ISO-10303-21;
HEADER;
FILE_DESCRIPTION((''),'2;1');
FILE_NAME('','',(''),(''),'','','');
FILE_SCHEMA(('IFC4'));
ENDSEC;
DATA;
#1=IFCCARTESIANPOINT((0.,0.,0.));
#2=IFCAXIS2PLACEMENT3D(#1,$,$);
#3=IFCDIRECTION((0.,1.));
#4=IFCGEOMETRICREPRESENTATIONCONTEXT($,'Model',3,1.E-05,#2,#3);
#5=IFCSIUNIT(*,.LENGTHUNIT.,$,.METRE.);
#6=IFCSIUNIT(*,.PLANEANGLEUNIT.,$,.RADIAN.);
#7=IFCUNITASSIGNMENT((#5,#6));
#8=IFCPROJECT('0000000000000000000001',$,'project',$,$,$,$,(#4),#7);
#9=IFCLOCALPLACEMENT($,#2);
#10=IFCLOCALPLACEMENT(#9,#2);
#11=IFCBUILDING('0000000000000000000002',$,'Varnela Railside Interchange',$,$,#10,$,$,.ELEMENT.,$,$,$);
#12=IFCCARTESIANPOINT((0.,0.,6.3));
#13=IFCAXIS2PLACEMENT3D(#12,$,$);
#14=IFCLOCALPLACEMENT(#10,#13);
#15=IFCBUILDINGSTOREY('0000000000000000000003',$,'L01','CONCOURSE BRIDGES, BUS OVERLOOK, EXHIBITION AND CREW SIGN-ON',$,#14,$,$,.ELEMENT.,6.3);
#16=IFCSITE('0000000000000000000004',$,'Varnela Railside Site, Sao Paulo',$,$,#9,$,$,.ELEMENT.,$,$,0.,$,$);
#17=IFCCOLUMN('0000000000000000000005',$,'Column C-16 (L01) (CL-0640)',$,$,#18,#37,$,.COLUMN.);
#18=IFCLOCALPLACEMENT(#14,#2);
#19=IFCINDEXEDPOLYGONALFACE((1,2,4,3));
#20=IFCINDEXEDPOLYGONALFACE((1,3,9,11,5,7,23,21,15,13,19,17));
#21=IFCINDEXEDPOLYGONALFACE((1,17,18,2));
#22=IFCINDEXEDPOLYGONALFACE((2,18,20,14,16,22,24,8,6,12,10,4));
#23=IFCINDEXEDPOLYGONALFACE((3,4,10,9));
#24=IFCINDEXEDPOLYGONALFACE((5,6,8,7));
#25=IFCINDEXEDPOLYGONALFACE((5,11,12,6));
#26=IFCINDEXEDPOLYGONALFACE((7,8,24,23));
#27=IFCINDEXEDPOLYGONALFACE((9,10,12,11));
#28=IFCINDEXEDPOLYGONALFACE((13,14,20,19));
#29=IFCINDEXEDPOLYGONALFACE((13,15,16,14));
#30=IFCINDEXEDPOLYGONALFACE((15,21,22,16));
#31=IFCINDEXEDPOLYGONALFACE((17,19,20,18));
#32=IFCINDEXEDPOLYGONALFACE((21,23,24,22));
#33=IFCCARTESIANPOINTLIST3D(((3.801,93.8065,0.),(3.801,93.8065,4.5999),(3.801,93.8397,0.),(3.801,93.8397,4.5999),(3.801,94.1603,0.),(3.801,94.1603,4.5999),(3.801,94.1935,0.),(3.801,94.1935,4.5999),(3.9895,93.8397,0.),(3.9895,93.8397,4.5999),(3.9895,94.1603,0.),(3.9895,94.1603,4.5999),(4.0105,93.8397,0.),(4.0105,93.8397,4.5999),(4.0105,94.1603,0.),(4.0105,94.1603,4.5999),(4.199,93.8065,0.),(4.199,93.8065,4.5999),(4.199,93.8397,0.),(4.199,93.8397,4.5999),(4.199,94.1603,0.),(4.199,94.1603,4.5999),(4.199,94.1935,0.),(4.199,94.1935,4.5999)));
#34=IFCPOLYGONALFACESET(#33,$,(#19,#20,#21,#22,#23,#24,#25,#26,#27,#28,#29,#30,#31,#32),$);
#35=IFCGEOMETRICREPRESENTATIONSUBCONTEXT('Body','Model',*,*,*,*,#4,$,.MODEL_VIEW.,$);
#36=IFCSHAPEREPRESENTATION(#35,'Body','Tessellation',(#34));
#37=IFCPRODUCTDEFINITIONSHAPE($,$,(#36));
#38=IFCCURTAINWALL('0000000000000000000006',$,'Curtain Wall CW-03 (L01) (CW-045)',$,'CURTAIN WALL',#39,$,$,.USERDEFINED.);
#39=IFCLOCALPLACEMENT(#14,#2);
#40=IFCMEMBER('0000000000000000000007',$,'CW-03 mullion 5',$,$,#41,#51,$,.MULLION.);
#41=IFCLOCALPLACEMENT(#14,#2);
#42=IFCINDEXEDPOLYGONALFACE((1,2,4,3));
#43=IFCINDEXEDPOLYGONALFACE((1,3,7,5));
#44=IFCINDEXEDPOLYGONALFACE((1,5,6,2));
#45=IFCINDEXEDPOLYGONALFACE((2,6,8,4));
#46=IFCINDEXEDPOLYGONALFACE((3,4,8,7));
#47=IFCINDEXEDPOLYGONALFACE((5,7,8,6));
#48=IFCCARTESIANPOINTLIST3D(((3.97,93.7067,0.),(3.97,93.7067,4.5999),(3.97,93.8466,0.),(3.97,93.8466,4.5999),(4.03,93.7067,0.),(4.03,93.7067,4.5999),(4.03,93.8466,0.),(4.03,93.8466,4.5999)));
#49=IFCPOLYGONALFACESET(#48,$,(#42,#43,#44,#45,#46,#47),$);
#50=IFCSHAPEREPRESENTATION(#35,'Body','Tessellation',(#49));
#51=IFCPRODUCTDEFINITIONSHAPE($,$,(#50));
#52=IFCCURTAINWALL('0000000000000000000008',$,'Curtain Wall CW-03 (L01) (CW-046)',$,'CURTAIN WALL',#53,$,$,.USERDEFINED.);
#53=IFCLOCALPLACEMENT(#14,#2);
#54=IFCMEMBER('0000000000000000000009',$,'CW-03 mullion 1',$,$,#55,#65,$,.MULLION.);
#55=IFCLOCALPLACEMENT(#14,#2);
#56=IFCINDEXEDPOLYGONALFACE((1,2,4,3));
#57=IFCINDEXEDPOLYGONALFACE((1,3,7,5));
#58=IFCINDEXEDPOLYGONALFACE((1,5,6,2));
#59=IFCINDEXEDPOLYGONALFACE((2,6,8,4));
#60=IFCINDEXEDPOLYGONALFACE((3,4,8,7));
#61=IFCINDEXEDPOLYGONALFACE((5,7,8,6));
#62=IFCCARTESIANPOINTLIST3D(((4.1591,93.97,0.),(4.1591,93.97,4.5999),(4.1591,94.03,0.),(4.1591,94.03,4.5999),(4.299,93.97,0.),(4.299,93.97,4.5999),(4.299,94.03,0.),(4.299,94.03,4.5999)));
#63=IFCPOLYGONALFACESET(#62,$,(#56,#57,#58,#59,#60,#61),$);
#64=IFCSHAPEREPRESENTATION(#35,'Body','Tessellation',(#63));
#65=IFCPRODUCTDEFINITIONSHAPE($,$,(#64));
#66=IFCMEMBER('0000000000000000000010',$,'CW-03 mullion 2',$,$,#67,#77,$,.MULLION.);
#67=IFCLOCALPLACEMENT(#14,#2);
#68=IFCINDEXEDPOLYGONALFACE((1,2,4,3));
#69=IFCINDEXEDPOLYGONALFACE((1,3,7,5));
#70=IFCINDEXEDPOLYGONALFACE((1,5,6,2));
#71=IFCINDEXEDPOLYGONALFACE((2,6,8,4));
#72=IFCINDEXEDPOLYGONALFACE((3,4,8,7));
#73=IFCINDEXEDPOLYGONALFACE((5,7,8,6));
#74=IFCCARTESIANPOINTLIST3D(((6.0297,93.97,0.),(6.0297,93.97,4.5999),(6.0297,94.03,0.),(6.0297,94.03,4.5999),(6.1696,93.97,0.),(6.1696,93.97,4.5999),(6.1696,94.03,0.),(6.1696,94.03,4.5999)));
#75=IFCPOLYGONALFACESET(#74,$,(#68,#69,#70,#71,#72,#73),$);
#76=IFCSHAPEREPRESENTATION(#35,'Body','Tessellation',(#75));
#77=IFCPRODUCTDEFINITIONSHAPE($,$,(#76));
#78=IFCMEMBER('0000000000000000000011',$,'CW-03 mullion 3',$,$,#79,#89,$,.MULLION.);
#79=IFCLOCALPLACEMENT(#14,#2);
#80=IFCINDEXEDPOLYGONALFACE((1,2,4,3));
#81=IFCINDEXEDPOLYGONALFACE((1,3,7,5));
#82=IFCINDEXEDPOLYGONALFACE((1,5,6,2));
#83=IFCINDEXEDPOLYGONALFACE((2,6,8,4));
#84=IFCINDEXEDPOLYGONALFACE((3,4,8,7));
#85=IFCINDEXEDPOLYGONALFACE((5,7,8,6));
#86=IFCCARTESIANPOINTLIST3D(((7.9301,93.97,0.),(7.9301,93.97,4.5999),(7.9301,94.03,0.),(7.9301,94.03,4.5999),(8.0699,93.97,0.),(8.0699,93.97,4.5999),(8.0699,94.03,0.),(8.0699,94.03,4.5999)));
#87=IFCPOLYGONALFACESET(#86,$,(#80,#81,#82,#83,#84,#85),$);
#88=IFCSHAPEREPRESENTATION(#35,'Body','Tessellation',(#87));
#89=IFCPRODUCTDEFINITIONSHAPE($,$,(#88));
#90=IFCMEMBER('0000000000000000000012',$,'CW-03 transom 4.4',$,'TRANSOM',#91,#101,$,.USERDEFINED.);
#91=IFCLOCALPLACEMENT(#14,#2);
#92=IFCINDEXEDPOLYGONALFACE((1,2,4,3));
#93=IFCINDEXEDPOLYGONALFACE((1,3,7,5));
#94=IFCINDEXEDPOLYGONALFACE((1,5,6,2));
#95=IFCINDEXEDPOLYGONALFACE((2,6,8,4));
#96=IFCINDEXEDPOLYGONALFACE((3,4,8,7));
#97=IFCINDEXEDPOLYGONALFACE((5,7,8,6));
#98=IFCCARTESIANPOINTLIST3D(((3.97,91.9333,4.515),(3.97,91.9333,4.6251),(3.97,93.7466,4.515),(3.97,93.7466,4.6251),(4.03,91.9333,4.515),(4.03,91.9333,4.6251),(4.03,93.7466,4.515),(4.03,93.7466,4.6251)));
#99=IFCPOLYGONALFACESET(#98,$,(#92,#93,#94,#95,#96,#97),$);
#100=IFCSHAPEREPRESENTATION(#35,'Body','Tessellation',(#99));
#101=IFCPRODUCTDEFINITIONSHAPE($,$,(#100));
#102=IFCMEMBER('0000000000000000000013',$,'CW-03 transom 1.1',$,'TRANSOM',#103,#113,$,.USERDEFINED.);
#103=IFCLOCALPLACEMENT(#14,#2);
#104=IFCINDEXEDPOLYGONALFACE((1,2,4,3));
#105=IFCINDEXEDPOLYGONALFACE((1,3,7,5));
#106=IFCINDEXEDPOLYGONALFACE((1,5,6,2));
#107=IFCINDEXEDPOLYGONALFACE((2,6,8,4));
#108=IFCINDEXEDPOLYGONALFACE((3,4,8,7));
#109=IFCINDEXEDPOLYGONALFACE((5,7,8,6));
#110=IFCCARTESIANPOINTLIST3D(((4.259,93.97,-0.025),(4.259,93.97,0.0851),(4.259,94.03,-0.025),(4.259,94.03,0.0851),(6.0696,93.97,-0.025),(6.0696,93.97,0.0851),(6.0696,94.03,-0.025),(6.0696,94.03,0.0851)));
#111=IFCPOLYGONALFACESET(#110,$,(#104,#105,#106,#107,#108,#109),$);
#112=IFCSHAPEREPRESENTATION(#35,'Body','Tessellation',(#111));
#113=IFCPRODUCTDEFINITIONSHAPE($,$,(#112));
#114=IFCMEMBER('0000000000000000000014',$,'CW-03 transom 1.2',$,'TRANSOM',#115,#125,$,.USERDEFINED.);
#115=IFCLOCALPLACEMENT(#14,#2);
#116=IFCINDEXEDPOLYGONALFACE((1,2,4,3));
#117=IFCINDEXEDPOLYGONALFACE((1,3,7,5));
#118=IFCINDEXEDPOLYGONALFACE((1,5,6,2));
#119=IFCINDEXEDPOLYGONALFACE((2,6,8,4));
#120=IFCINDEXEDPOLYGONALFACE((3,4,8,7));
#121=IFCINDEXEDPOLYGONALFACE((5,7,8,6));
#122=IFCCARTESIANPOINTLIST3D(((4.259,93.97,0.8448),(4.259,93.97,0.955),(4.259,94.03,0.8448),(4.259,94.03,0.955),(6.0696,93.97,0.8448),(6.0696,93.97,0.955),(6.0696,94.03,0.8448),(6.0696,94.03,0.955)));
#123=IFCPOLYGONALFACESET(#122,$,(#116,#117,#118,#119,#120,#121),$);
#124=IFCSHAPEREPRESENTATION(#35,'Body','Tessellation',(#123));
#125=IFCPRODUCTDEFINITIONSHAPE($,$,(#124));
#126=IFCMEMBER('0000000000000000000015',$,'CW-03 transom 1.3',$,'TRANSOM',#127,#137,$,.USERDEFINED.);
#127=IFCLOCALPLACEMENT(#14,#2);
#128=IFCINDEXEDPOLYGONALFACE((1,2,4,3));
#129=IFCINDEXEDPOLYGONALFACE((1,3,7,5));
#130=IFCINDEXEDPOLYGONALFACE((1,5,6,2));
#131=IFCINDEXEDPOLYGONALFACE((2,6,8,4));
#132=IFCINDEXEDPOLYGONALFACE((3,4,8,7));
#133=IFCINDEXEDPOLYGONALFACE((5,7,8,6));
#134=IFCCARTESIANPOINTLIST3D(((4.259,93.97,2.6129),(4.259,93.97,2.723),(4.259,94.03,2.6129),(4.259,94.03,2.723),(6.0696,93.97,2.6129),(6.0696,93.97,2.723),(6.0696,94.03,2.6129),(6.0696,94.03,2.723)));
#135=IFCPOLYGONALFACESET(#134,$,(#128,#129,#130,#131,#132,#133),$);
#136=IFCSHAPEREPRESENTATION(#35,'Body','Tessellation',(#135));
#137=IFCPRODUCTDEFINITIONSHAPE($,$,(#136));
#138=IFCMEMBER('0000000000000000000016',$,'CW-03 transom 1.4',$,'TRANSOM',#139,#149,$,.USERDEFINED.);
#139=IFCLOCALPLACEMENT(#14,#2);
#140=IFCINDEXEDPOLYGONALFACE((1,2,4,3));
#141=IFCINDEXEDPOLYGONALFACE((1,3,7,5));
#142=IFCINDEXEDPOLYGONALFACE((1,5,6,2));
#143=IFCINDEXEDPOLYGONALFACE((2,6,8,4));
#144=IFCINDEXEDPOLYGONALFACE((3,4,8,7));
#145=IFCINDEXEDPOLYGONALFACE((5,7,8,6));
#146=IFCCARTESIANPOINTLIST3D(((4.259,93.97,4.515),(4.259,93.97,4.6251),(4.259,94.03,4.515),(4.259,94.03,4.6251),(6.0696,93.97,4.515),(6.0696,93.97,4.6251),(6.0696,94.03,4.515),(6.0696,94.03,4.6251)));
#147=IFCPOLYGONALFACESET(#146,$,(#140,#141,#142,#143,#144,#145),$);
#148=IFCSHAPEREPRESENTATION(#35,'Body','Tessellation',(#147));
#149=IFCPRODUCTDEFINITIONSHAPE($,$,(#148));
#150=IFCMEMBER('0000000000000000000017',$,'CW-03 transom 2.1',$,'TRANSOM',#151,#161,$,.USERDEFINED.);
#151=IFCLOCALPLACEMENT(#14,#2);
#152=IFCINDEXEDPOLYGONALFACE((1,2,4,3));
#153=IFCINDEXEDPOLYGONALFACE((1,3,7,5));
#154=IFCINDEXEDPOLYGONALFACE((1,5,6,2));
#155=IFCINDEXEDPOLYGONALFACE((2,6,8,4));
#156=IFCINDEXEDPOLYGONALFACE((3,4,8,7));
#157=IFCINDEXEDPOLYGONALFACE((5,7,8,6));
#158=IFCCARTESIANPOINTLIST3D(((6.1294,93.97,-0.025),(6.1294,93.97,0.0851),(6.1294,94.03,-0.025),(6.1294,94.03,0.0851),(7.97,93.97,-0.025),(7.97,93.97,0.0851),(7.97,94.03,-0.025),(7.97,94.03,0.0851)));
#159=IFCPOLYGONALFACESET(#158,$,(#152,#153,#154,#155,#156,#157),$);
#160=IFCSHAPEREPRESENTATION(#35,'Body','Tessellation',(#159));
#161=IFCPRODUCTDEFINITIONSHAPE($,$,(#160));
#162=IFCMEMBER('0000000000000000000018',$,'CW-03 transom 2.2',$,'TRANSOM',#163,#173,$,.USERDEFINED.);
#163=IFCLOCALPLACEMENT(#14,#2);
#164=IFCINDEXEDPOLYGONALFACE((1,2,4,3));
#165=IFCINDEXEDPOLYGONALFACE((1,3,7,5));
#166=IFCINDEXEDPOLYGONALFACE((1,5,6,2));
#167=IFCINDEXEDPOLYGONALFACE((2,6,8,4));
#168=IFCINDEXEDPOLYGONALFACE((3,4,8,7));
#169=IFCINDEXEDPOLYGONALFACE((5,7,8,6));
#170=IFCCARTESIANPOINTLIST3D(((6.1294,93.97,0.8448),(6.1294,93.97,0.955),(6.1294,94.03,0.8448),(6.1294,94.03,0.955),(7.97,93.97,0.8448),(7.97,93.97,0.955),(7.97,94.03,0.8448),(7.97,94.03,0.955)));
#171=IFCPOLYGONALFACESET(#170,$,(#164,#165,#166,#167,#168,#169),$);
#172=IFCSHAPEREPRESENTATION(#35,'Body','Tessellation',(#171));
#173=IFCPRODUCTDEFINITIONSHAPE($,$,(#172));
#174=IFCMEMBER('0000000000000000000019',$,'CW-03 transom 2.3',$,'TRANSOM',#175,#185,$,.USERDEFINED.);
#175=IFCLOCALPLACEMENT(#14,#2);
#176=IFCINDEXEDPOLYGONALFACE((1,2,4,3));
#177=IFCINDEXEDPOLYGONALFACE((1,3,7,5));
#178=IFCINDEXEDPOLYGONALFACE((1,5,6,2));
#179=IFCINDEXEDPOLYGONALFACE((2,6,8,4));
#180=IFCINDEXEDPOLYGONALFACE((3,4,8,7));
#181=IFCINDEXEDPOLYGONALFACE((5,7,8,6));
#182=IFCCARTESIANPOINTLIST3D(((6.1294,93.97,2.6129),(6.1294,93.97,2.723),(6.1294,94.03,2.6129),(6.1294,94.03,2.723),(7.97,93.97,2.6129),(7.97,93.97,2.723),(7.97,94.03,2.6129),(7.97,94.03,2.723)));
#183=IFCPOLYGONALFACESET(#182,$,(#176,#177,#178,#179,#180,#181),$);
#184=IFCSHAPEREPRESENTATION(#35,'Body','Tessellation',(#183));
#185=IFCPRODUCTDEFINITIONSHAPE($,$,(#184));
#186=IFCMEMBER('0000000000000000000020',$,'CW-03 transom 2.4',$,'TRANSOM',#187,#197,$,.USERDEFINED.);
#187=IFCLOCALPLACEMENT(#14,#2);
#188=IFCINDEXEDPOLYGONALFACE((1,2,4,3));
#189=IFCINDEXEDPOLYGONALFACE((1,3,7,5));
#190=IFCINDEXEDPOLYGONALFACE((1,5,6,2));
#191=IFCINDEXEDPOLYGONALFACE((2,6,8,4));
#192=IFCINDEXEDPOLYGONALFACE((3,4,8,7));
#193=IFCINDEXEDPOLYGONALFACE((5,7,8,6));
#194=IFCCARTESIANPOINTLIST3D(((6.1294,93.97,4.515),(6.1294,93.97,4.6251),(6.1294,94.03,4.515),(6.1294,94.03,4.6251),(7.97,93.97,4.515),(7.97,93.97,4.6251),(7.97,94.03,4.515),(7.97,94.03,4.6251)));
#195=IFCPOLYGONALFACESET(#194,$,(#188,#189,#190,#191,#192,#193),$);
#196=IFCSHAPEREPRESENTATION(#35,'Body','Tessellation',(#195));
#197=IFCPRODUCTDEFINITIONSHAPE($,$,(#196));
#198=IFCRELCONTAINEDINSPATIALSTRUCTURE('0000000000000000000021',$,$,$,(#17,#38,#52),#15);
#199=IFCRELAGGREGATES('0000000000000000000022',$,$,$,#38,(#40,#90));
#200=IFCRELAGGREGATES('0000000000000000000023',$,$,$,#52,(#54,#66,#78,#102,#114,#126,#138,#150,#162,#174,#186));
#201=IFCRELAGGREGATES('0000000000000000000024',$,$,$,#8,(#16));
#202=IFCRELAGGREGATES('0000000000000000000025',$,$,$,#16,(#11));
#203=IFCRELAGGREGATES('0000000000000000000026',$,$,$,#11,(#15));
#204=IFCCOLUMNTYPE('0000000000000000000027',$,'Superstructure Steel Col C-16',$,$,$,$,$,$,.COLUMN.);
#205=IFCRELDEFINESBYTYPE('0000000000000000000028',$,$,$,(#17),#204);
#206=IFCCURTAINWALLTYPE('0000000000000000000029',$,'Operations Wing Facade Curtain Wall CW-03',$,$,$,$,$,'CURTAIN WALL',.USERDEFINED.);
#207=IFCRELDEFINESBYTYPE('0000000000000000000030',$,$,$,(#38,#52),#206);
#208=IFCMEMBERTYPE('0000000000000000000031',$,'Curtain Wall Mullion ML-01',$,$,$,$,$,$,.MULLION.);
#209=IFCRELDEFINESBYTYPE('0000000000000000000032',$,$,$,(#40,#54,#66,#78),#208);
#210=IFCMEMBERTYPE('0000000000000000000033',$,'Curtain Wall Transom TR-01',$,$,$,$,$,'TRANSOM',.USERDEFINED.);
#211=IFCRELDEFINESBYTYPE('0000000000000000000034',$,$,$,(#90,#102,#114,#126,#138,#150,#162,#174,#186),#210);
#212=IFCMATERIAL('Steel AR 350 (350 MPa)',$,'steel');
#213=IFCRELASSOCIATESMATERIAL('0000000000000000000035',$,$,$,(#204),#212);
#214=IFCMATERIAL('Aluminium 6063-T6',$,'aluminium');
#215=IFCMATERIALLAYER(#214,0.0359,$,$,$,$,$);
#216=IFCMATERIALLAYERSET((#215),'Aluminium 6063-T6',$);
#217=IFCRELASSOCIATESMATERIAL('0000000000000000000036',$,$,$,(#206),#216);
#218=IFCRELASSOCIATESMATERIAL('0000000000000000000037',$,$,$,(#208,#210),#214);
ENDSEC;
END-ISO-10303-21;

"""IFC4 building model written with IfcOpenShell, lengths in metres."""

from ifc_helpers import new_model, si_unit, direction, frame, origin, origin_2d, place, context, subcontext, project, spatial, rectangle, i_section, extrude, material, layer, layer_set, material_profile, profile_set, type_object, element, aggregate, save


model = new_model("IFC4")

# Units and contexts
model_context = context("Model", 3, precision=1e-05, world=origin(), true_north=direction((0.0, 1.0)))
body_context = subcontext(model_context, "Body", "Model", "MODEL_VIEW")
ifc_project = project(units=[si_unit("LENGTHUNIT", "METRE"), si_unit("PLANEANGLEUNIT", "RADIAN")], contexts=[model_context])

# Site, building, storey
site_placement = place(None, origin())
site = spatial("IfcSite", under=ifc_project, at=site_placement, Name="Varnela Railside Site, Sao Paulo", CompositionType="ELEMENT", RefElevation=0.0)
building_placement = place(site_placement, origin())
building = spatial("IfcBuilding", under=site, at=building_placement, Name="Varnela Railside Interchange", CompositionType="ELEMENT")
storey_placement = place(building_placement, frame((0.0, 0.0, 6.3)))
storey = spatial("IfcBuildingStorey", under=building, at=storey_placement, Name="L01", Description="CONCOURSE BRIDGES, BUS OVERLOOK, EXHIBITION AND CREW SIGN-ON", CompositionType="ELEMENT", Elevation=6.3)

# Column
ifc_material_1 = material(Name="Steel AR 350 (350 MPa)", Category="steel")
ifc_material_profile_1 = material_profile(ifc_material_1, i_section(OverallWidth=0.3979, OverallDepth=0.387, WebThickness=0.021, FlangeThickness=0.0332, at=origin_2d()), Name="W360x262")
ifc_profile_set_1 = profile_set([ifc_material_profile_1], Name="Steel AR 350 (350 MPa)")
column_type = type_object("IfcColumnType", Name="Superstructure Steel Col C-16", PredefinedType="COLUMN", material=ifc_profile_set_1)
column_placement = place(storey_placement, frame((4.0, 94.0, 0.0), z_axis=(0.0, 0.0, 1.0), x_axis=(1.0, 0.0, 0.0)))
element("IfcColumn", 1, at=column_placement, inside=storey, type_object=column_type, Name="Column C-16 (L01) (CL-0640)", PredefinedType="COLUMN", context=body_context, shape_type="SweptSolid", body=[
    extrude(i_section(OverallWidth=0.3979, OverallDepth=0.387, WebThickness=0.021, FlangeThickness=0.0332, at=origin_2d()), origin(), (0.0, 0.0, 1.0), 4.5999),
])

# Curtain wall, member
ifc_material_2 = material(Name="Aluminium 6063-T6", Category="aluminium")
ifc_layer_1 = layer(ifc_material_2, 0.0359)
ifc_layer_set_1 = layer_set([ifc_layer_1], Name="Aluminium 6063-T6")
curtain_wall_type = type_object("IfcCurtainWallType", Name="Operations Wing Facade Curtain Wall CW-03", ElementType="CURTAIN WALL", PredefinedType="USERDEFINED", material=ifc_layer_set_1)
curtain_wall_1_placement = place(storey_placement, origin())
curtain_wall_1 = element("IfcCurtainWall", 2, at=curtain_wall_1_placement, inside=storey, type_object=curtain_wall_type, Name="Curtain Wall CW-03 (L01) (CW-045)", ObjectType="CURTAIN WALL", PredefinedType="USERDEFINED")
ifc_material_profile_2 = material_profile(ifc_material_2, rectangle(XDim=0.0601, YDim=0.1399, at=origin_2d()), Name="ALU 60x140")
ifc_profile_set_2 = profile_set([ifc_material_profile_2], Name="Aluminium 6063-T6")
member_type_1 = type_object("IfcMemberType", Name="Curtain Wall Mullion ML-01", PredefinedType="MULLION", material=ifc_profile_set_2)
member_1_placement = place(storey_placement, frame((4.0, 93.7766, 0.0), z_axis=(0.0, 0.0, 1.0), x_axis=(-1.0, 0.0, 0.0)))
member_1 = element("IfcMember", 3, at=member_1_placement, type_object=member_type_1, Name="CW-03 mullion 5", PredefinedType="MULLION", context=body_context, shape_type="SweptSolid", body=[
    extrude(rectangle(XDim=0.0601, YDim=0.1399, at=origin_2d()), origin(), (0.0, 0.0, 1.0), 4.5999),
])

# Curtain wall, members
curtain_wall_2_placement = place(storey_placement, origin())
curtain_wall_2 = element("IfcCurtainWall", 4, at=curtain_wall_2_placement, inside=storey, type_object=curtain_wall_type, Name="Curtain Wall CW-03 (L01) (CW-046)", ObjectType="CURTAIN WALL", PredefinedType="USERDEFINED")
member_2_placement = place(storey_placement, frame((4.229, 94.0, 0.0), z_axis=(0.0, 0.0, 1.0), x_axis=(0.0, 1.0, 0.0)))
member_2 = element("IfcMember", 5, at=member_2_placement, type_object=member_type_1, Name="CW-03 mullion 1", PredefinedType="MULLION", context=body_context, shape_type="SweptSolid", body=[
    extrude(rectangle(XDim=0.0601, YDim=0.1399, at=origin_2d()), origin(), (0.0, 0.0, 1.0), 4.5999),
])
member_3_placement = place(storey_placement, frame((6.0996, 94.0, 0.0), z_axis=(0.0, 0.0, 1.0), x_axis=(0.0, 1.0, 0.0)))
member_3 = element("IfcMember", 6, at=member_3_placement, type_object=member_type_1, Name="CW-03 mullion 2", PredefinedType="MULLION", context=body_context, shape_type="SweptSolid", body=[
    extrude(rectangle(XDim=0.0601, YDim=0.1399, at=origin_2d()), origin(), (0.0, 0.0, 1.0), 4.5999),
])
member_4_placement = place(storey_placement, frame((8.0, 94.0, 0.0), z_axis=(0.0, 0.0, 1.0), x_axis=(0.0, 1.0, 0.0)))
member_4 = element("IfcMember", 7, at=member_4_placement, type_object=member_type_1, Name="CW-03 mullion 3", PredefinedType="MULLION", context=body_context, shape_type="SweptSolid", body=[
    extrude(rectangle(XDim=0.0601, YDim=0.1399, at=origin_2d()), origin(), (0.0, 0.0, 1.0), 4.5999),
])

# Members
ifc_material_profile_3 = material_profile(ifc_material_2, rectangle(XDim=0.0601, YDim=0.1101, at=origin_2d()), Name="ALU 60x110")
ifc_profile_set_3 = profile_set([ifc_material_profile_3], Name="Aluminium 6063-T6")
member_type_2 = type_object("IfcMemberType", Name="Curtain Wall Transom TR-01", ElementType="TRANSOM", PredefinedType="USERDEFINED", material=ifc_profile_set_3)
member_5_placement = place(storey_placement, frame((4.0, 91.9333, 4.5701), z_axis=(0.0, 1.0, 0.0), x_axis=(-1.0, 0.0, 0.0)))
member_5 = element("IfcMember", 8, at=member_5_placement, type_object=member_type_2, Name="CW-03 transom 4.4", ObjectType="TRANSOM", PredefinedType="USERDEFINED", context=body_context, shape_type="SweptSolid", body=[
    extrude(rectangle(XDim=0.0601, YDim=0.1101, at=origin_2d()), origin(), (0.0, 0.0, 1.0), 1.8132),
])
member_6_placement = place(storey_placement, frame((4.259, 94.0, 0.03), z_axis=(1.0, 0.0, 0.0), x_axis=(0.0, 1.0, 0.0)))
member_6 = element("IfcMember", 9, at=member_6_placement, type_object=member_type_2, Name="CW-03 transom 1.1", ObjectType="TRANSOM", PredefinedType="USERDEFINED", context=body_context, shape_type="SweptSolid", body=[
    extrude(rectangle(XDim=0.0601, YDim=0.1101, at=origin_2d()), origin(), (0.0, 0.0, 1.0), 1.8105),
])
member_7_placement = place(storey_placement, frame((4.259, 94.0, 0.8999), z_axis=(1.0, 0.0, 0.0), x_axis=(0.0, 1.0, 0.0)))
member_7 = element("IfcMember", 10, at=member_7_placement, type_object=member_type_2, Name="CW-03 transom 1.2", ObjectType="TRANSOM", PredefinedType="USERDEFINED", context=body_context, shape_type="SweptSolid", body=[
    extrude(rectangle(XDim=0.0601, YDim=0.1101, at=origin_2d()), origin(), (0.0, 0.0, 1.0), 1.8105),
])
member_8_placement = place(storey_placement, frame((4.259, 94.0, 2.668), z_axis=(1.0, 0.0, 0.0), x_axis=(0.0, 1.0, 0.0)))
member_8 = element("IfcMember", 11, at=member_8_placement, type_object=member_type_2, Name="CW-03 transom 1.3", ObjectType="TRANSOM", PredefinedType="USERDEFINED", context=body_context, shape_type="SweptSolid", body=[
    extrude(rectangle(XDim=0.0601, YDim=0.1101, at=origin_2d()), origin(), (0.0, 0.0, 1.0), 1.8105),
])
member_9_placement = place(storey_placement, frame((4.259, 94.0, 4.5701), z_axis=(1.0, 0.0, 0.0), x_axis=(0.0, 1.0, 0.0)))
member_9 = element("IfcMember", 12, at=member_9_placement, type_object=member_type_2, Name="CW-03 transom 1.4", ObjectType="TRANSOM", PredefinedType="USERDEFINED", context=body_context, shape_type="SweptSolid", body=[
    extrude(rectangle(XDim=0.0601, YDim=0.1101, at=origin_2d()), origin(), (0.0, 0.0, 1.0), 1.8105),
])
member_10_placement = place(storey_placement, frame((6.1294, 94.0, 0.03), z_axis=(1.0, 0.0, 0.0), x_axis=(0.0, 1.0, 0.0)))
member_10 = element("IfcMember", 13, at=member_10_placement, type_object=member_type_2, Name="CW-03 transom 2.1", ObjectType="TRANSOM", PredefinedType="USERDEFINED", context=body_context, shape_type="SweptSolid", body=[
    extrude(rectangle(XDim=0.0601, YDim=0.1101, at=origin_2d()), origin(), (0.0, 0.0, 1.0), 1.8406),
])
member_11_placement = place(storey_placement, frame((6.1294, 94.0, 0.8999), z_axis=(1.0, 0.0, 0.0), x_axis=(0.0, 1.0, 0.0)))
member_11 = element("IfcMember", 14, at=member_11_placement, type_object=member_type_2, Name="CW-03 transom 2.2", ObjectType="TRANSOM", PredefinedType="USERDEFINED", context=body_context, shape_type="SweptSolid", body=[
    extrude(rectangle(XDim=0.0601, YDim=0.1101, at=origin_2d()), origin(), (0.0, 0.0, 1.0), 1.8406),
])
member_12_placement = place(storey_placement, frame((6.1294, 94.0, 2.668), z_axis=(1.0, 0.0, 0.0), x_axis=(0.0, 1.0, 0.0)))
member_12 = element("IfcMember", 15, at=member_12_placement, type_object=member_type_2, Name="CW-03 transom 2.3", ObjectType="TRANSOM", PredefinedType="USERDEFINED", context=body_context, shape_type="SweptSolid", body=[
    extrude(rectangle(XDim=0.0601, YDim=0.1101, at=origin_2d()), origin(), (0.0, 0.0, 1.0), 1.8406),
])
member_13_placement = place(storey_placement, frame((6.1294, 94.0, 4.5701), z_axis=(1.0, 0.0, 0.0), x_axis=(0.0, 1.0, 0.0)))
member_13 = element("IfcMember", 16, at=member_13_placement, type_object=member_type_2, Name="CW-03 transom 2.4", ObjectType="TRANSOM", PredefinedType="USERDEFINED", context=body_context, shape_type="SweptSolid", body=[
    extrude(rectangle(XDim=0.0601, YDim=0.1101, at=origin_2d()), origin(), (0.0, 0.0, 1.0), 1.8406),
])

aggregate(curtain_wall_1, [member_1, member_5])
aggregate(curtain_wall_2, [member_2, member_3, member_4, member_6, member_7, member_8, member_9, member_10, member_11, member_12, member_13])

save(model, "model.ifc")
